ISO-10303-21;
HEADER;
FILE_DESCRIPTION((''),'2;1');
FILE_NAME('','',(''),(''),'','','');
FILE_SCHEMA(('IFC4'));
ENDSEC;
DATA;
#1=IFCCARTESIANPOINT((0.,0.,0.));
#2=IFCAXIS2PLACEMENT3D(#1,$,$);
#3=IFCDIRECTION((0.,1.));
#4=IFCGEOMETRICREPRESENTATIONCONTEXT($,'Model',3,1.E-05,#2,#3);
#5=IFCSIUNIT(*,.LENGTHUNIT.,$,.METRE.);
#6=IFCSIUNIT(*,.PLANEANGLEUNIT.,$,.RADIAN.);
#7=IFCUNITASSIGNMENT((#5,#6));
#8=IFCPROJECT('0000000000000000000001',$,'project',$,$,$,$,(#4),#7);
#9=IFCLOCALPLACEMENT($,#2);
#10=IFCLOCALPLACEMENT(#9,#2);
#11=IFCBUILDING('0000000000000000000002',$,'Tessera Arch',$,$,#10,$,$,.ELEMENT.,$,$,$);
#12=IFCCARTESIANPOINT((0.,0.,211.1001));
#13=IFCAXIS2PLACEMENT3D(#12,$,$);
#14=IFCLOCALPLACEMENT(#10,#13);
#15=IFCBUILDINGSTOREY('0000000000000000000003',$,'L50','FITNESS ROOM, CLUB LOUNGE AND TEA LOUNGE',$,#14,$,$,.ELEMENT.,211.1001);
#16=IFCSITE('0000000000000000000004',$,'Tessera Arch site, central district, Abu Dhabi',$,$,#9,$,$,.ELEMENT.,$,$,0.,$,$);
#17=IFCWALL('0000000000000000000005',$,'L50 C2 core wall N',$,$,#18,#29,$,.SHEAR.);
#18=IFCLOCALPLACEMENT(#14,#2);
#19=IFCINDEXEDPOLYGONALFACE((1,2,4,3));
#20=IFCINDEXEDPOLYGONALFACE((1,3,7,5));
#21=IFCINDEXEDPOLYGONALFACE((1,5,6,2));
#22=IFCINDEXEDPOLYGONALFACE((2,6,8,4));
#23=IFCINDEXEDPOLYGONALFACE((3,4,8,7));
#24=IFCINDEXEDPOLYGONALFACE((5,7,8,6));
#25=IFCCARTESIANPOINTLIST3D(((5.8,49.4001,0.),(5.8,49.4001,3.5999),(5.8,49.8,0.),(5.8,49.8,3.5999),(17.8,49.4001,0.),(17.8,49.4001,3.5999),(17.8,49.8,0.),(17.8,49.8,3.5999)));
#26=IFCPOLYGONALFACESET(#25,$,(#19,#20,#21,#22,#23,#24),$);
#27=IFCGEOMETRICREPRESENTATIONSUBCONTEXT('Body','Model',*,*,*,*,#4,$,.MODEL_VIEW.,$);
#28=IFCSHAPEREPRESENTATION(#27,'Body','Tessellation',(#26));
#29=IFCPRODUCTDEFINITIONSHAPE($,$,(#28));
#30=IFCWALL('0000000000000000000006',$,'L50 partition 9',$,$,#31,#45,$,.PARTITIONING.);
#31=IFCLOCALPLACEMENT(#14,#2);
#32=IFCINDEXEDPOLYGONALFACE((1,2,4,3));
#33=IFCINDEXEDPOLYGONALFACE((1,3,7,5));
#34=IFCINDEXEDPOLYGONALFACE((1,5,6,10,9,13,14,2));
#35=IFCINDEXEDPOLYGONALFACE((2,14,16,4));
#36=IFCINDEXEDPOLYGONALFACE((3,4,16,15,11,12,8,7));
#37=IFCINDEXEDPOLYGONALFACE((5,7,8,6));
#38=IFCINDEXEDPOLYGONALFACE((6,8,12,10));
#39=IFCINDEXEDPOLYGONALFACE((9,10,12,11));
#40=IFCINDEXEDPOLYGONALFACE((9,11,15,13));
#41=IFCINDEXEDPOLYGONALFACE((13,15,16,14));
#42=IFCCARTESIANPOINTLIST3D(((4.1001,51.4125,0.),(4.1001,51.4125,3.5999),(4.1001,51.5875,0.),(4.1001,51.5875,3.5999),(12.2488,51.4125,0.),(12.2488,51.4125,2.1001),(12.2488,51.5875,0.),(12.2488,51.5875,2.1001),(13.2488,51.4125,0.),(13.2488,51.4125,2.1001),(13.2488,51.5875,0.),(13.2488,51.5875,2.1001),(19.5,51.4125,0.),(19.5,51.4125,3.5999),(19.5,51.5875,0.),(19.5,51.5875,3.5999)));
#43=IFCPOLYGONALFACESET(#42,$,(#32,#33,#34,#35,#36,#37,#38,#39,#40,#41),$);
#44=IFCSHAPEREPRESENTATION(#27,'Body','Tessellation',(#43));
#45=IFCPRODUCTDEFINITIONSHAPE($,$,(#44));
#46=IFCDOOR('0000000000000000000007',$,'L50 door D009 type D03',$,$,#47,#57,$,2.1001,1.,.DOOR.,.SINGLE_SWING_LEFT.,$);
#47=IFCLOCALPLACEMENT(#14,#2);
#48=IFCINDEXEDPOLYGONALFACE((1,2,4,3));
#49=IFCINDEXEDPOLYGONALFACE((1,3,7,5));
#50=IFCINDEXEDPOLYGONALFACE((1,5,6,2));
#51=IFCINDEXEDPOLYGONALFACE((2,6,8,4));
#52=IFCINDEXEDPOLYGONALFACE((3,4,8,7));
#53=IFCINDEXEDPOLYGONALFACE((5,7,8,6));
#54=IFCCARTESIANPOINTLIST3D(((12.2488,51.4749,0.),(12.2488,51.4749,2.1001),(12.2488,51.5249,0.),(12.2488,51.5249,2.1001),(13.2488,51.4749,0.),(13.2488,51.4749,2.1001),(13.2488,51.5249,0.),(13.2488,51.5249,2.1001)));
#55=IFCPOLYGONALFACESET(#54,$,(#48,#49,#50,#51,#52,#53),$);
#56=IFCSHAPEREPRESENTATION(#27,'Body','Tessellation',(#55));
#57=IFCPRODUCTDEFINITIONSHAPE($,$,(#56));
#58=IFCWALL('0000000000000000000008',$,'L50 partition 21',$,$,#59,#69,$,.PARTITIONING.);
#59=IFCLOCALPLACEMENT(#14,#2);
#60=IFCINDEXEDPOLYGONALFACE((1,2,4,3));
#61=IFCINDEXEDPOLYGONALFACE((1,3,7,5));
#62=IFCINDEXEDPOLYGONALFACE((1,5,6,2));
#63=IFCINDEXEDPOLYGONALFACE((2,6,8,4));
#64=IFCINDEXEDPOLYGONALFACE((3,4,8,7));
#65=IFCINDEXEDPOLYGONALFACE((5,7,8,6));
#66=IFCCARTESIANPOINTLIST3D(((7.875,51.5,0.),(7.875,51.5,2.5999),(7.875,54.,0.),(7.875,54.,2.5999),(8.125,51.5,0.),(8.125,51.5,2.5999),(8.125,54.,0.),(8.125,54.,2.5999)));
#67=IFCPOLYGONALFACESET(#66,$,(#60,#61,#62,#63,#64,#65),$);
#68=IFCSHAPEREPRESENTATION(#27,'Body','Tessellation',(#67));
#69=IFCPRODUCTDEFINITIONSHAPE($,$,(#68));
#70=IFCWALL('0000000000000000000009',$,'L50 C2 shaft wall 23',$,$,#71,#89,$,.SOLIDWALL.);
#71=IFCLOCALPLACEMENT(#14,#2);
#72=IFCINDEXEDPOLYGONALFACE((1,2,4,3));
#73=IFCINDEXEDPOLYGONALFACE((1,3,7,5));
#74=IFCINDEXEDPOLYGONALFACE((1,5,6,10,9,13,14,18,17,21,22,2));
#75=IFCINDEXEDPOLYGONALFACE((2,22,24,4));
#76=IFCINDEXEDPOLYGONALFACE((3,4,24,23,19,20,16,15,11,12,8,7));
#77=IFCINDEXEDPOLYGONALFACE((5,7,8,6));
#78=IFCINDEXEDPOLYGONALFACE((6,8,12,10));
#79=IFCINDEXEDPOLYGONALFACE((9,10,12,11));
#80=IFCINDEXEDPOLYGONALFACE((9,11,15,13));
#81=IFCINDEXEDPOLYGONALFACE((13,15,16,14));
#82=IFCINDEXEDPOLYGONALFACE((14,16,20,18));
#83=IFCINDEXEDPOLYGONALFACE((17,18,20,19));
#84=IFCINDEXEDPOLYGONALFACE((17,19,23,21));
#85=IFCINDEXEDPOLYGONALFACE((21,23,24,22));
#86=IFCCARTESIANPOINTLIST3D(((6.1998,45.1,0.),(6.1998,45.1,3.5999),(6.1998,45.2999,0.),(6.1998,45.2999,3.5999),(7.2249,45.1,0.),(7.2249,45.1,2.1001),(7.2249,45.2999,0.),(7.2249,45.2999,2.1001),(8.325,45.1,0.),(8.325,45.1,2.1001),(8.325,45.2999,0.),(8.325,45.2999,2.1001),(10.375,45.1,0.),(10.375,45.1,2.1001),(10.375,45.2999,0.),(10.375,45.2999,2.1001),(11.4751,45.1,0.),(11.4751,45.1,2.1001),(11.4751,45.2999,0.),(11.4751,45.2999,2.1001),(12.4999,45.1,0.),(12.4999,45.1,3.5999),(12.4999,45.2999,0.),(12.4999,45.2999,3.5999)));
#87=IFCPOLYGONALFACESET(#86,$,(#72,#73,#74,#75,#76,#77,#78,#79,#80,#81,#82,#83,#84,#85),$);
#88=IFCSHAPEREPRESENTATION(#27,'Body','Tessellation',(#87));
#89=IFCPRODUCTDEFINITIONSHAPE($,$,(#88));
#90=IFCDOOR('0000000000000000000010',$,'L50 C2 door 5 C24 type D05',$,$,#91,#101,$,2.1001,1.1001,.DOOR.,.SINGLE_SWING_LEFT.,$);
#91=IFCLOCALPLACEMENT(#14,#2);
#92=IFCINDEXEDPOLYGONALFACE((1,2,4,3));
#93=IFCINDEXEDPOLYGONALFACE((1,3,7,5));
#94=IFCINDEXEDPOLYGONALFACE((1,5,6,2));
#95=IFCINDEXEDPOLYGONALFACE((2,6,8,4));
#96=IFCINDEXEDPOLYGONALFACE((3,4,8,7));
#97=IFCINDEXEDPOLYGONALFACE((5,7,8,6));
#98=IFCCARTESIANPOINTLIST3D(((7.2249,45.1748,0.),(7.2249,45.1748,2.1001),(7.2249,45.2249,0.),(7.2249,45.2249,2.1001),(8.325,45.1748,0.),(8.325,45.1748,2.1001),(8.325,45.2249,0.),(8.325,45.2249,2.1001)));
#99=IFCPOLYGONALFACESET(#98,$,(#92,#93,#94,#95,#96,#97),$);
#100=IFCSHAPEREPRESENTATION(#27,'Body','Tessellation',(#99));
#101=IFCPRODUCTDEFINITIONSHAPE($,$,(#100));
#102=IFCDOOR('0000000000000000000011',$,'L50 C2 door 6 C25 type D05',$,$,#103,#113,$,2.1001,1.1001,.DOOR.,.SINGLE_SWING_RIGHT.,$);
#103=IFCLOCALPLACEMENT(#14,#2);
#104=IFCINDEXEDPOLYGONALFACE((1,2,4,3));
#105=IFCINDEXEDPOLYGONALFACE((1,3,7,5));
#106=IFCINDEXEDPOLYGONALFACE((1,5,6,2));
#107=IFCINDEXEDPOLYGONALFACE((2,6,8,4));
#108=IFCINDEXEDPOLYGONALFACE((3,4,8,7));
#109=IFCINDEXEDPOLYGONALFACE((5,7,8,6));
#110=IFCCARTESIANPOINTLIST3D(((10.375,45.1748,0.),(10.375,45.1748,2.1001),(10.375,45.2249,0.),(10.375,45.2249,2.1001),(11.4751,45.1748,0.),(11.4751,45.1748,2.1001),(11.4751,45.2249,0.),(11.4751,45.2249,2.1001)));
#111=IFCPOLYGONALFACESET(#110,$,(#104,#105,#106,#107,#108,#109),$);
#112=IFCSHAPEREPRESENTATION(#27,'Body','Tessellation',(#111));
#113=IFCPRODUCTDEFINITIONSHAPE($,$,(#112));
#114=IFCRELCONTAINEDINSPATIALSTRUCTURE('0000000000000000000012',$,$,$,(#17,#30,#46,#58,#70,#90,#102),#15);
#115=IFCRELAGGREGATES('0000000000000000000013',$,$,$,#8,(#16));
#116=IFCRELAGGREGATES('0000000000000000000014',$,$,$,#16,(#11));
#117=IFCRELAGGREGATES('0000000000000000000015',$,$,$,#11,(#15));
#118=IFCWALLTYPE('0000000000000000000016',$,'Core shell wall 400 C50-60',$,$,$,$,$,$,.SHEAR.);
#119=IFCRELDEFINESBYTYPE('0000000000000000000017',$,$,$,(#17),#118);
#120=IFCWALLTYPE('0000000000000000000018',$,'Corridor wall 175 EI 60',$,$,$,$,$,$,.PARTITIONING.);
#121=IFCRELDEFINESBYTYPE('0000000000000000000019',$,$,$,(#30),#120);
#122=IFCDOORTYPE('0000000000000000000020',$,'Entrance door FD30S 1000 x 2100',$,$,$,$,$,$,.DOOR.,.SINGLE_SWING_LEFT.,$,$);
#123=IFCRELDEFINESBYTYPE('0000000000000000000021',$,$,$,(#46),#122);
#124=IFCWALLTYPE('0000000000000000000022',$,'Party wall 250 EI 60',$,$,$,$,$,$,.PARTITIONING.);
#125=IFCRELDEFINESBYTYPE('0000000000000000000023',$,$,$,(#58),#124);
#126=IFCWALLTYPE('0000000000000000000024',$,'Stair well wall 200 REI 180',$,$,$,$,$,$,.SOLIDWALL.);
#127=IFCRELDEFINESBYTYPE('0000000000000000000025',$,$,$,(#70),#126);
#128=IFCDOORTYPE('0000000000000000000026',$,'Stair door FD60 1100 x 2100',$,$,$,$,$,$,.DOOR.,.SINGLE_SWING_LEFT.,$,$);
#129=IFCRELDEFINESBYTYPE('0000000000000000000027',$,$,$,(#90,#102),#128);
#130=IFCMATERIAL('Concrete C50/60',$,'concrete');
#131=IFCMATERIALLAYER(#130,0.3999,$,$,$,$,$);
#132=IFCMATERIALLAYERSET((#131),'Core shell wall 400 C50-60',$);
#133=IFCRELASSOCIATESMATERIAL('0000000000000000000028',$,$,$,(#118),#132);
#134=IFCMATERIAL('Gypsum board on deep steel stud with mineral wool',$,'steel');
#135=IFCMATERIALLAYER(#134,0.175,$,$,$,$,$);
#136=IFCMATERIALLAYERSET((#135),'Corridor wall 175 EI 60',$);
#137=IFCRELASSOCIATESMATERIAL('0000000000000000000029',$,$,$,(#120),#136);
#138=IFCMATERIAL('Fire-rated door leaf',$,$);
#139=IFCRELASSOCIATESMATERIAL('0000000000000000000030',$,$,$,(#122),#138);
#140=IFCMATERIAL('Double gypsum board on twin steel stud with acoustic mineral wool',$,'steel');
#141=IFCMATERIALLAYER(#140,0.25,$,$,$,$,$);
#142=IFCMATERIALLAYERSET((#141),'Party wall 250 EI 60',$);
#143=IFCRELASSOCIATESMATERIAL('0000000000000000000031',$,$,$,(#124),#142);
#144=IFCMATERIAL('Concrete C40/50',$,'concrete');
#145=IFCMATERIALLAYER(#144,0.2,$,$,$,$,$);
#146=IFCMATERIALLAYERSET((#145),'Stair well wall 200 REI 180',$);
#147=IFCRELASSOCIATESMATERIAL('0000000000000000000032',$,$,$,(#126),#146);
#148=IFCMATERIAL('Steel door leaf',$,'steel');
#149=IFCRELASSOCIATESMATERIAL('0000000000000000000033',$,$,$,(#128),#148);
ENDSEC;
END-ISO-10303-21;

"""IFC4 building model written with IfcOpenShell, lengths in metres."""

from ifc_helpers import new_model, si_unit, direction, frame, frame_2d, origin, place, context, subcontext, project, spatial, rectangle, extrude, material, layer, layer_set, type_object, element, fill, save


model = new_model("IFC4")

# Units and contexts
model_context = context("Model", 3, precision=1e-05, world=origin(), true_north=direction((0.0, 1.0)))
body_context = subcontext(model_context, "Body", "Model", "MODEL_VIEW")
ifc_project = project(units=[si_unit("LENGTHUNIT", "METRE"), si_unit("PLANEANGLEUNIT", "RADIAN")], contexts=[model_context])

# Site, building, storey
site_placement = place(None, origin())
site = spatial("IfcSite", under=ifc_project, at=site_placement, Name="Tessera Arch site, central district, Abu Dhabi", CompositionType="ELEMENT", RefElevation=0.0)
building_placement = place(site_placement, origin())
building = spatial("IfcBuilding", under=site, at=building_placement, Name="Tessera Arch", CompositionType="ELEMENT")
storey_placement = place(building_placement, frame((0.0, 0.0, 211.1001)))
storey = spatial("IfcBuildingStorey", under=building, at=storey_placement, Name="L50", Description="FITNESS ROOM, CLUB LOUNGE AND TEA LOUNGE", CompositionType="ELEMENT", Elevation=211.1001)

# Wall
ifc_material_1 = material(Name="Concrete C50/60", Category="concrete")
ifc_layer_1 = layer(ifc_material_1, 0.3999)
ifc_layer_set_1 = layer_set([ifc_layer_1], Name="Core shell wall 400 C50-60")
wall_type_1 = type_object("IfcWallType", Name="Core shell wall 400 C50-60", PredefinedType="SHEAR", material=ifc_layer_set_1)
wall_1_placement = place(storey_placement, frame((5.8, 49.6001, 0.0), z_axis=(0.0, 0.0, 1.0), x_axis=(1.0, 0.0, 0.0)))
element("IfcWall", 1, at=wall_1_placement, inside=storey, type_object=wall_type_1, Name="L50 C2 core wall N", PredefinedType="SHEAR", context=body_context, shape_type="SweptSolid", body=[
    extrude(rectangle(XDim=12.0, YDim=0.3999, at=frame_2d((6.0, 0.0))), origin(), (0.0, 0.0, 1.0), 3.5999),
])

# Wall, opening, door
ifc_material_2 = material(Name="Gypsum board on deep steel stud with mineral wool", Category="steel")
ifc_layer_2 = layer(ifc_material_2, 0.175)
ifc_layer_set_2 = layer_set([ifc_layer_2], Name="Corridor wall 175 EI 60")
wall_type_2 = type_object("IfcWallType", Name="Corridor wall 175 EI 60", PredefinedType="PARTITIONING", material=ifc_layer_set_2)
wall_2_placement = place(storey_placement, frame((4.1001, 51.5, 0.0), z_axis=(0.0, 0.0, 1.0), x_axis=(1.0, 0.0, 0.0)))
wall_2 = element("IfcWall", 2, at=wall_2_placement, inside=storey, type_object=wall_type_2, Name="L50 partition 9", PredefinedType="PARTITIONING", context=body_context, shape_type="SweptSolid", body=[
    extrude(rectangle(XDim=15.3999, YDim=0.175, at=frame_2d((7.7, 0.0))), origin(), (0.0, 0.0, 1.0), 3.5999),
])
opening_1_placement = place(wall_2_placement, frame((8.1487, 0.0, 0.0)))
opening_1 = element("IfcOpeningElement", 3, at=opening_1_placement, cuts=wall_2, PredefinedType="OPENING", context=body_context, shape_type="SweptSolid", body=[
    extrude(rectangle(XDim=1.0, YDim=2.1001, at=frame_2d((0.5, 1.05))), frame((0.0, 0.0974, 0.0), z_axis=(0.0, -1.0, 0.0), x_axis=(1.0, 0.0, 0.0)), (0.0, 0.0, 1.0), 0.1951),
])
ifc_material_3 = material(Name="Fire-rated door leaf")
door_type_1 = type_object("IfcDoorType", Name="Entrance door FD30S 1000 x 2100", OperationType="SINGLE_SWING_LEFT", PredefinedType="DOOR", material=ifc_material_3)
door_1_placement = place(opening_1_placement, origin())
door_1 = element("IfcDoor", 4, at=door_1_placement, inside=storey, type_object=door_type_1, Name="L50 door D009 type D03", OperationType="SINGLE_SWING_LEFT", OverallHeight=2.1001, OverallWidth=1.0, PredefinedType="DOOR", context=body_context, shape_type="SweptSolid", body=[
    extrude(rectangle(XDim=1.0, YDim=2.1001, at=frame_2d((0.5, 1.05))), frame((0.0, 0.0249, 0.0), z_axis=(0.0, -1.0, 0.0), x_axis=(1.0, 0.0, 0.0)), (0.0, 0.0, 1.0), 0.05),
])
fill(opening_1, door_1)

# Wall
ifc_material_4 = material(Name="Double gypsum board on twin steel stud with acoustic mineral wool", Category="steel")
ifc_layer_3 = layer(ifc_material_4, 0.25)
ifc_layer_set_3 = layer_set([ifc_layer_3], Name="Party wall 250 EI 60")
wall_type_3 = type_object("IfcWallType", Name="Party wall 250 EI 60", PredefinedType="PARTITIONING", material=ifc_layer_set_3)
wall_3_placement = place(storey_placement, frame((8.0, 51.5, 0.0), z_axis=(0.0, 0.0, 1.0), x_axis=(0.0, 1.0, 0.0)))
element("IfcWall", 5, at=wall_3_placement, inside=storey, type_object=wall_type_3, Name="L50 partition 21", PredefinedType="PARTITIONING", context=body_context, shape_type="SweptSolid", body=[
    extrude(rectangle(XDim=2.5, YDim=0.25, at=frame_2d((1.25, 0.0))), origin(), (0.0, 0.0, 1.0), 2.5999),
])

# Wall, openings, doors
ifc_material_5 = material(Name="Concrete C40/50", Category="concrete")
ifc_layer_4 = layer(ifc_material_5, 0.2)
ifc_layer_set_4 = layer_set([ifc_layer_4], Name="Stair well wall 200 REI 180")
wall_type_4 = type_object("IfcWallType", Name="Stair well wall 200 REI 180", PredefinedType="SOLIDWALL", material=ifc_layer_set_4)
wall_4_placement = place(storey_placement, frame((6.2, 45.2, 0.0), z_axis=(0.0, 0.0, 1.0), x_axis=(1.0, 0.0, 0.0)))
wall_4 = element("IfcWall", 6, at=wall_4_placement, inside=storey, type_object=wall_type_4, Name="L50 C2 shaft wall 23", PredefinedType="SOLIDWALL", context=body_context, shape_type="SweptSolid", body=[
    extrude(rectangle(XDim=6.3, YDim=0.2, at=frame_2d((3.1499, 0.0))), origin(), (0.0, 0.0, 1.0), 3.5999),
])
opening_2_placement = place(wall_4_placement, frame((1.0249, 0.0, 0.0)))
opening_2 = element("IfcOpeningElement", 7, at=opening_2_placement, cuts=wall_4, PredefinedType="OPENING", context=body_context, shape_type="SweptSolid", body=[
    extrude(rectangle(XDim=1.1001, YDim=2.1001, at=frame_2d((0.55, 1.05))), frame((0.0, 0.1099, 0.0), z_axis=(0.0, -1.0, 0.0), x_axis=(1.0, 0.0, 0.0)), (0.0, 0.0, 1.0), 0.22),
])
opening_3_placement = place(wall_4_placement, frame((4.175, 0.0, 0.0)))
opening_3 = element("IfcOpeningElement", 8, at=opening_3_placement, cuts=wall_4, PredefinedType="OPENING", context=body_context, shape_type="SweptSolid", body=[
    extrude(rectangle(XDim=1.1001, YDim=2.1001, at=frame_2d((0.55, 1.05))), frame((0.0, 0.1099, 0.0), z_axis=(0.0, -1.0, 0.0), x_axis=(1.0, 0.0, 0.0)), (0.0, 0.0, 1.0), 0.22),
])
ifc_material_6 = material(Name="Steel door leaf", Category="steel")
door_type_2 = type_object("IfcDoorType", Name="Stair door FD60 1100 x 2100", OperationType="SINGLE_SWING_LEFT", PredefinedType="DOOR", material=ifc_material_6)
door_2_placement = place(opening_2_placement, origin())
door_2 = element("IfcDoor", 9, at=door_2_placement, inside=storey, type_object=door_type_2, Name="L50 C2 door 5 C24 type D05", OperationType="SINGLE_SWING_LEFT", OverallHeight=2.1001, OverallWidth=1.1001, PredefinedType="DOOR", context=body_context, shape_type="SweptSolid", body=[
    extrude(rectangle(XDim=1.1001, YDim=2.1001, at=frame_2d((0.55, 1.05))), frame((0.0, 0.0249, 0.0), z_axis=(0.0, -1.0, 0.0), x_axis=(1.0, 0.0, 0.0)), (0.0, 0.0, 1.0), 0.05),
])
fill(opening_2, door_2)
door_3_placement = place(opening_3_placement, origin())
door_3 = element("IfcDoor", 10, at=door_3_placement, inside=storey, type_object=door_type_2, Name="L50 C2 door 6 C25 type D05", OperationType="SINGLE_SWING_RIGHT", OverallHeight=2.1001, OverallWidth=1.1001, PredefinedType="DOOR", context=body_context, shape_type="SweptSolid", body=[
    extrude(rectangle(XDim=1.1001, YDim=2.1001, at=frame_2d((0.55, 1.05))), frame((0.0, 0.0249, 0.0), z_axis=(0.0, -1.0, 0.0), x_axis=(1.0, 0.0, 0.0)), (0.0, 0.0, 1.0), 0.05),
])
fill(opening_3, door_3)

save(model, "model.ifc")
